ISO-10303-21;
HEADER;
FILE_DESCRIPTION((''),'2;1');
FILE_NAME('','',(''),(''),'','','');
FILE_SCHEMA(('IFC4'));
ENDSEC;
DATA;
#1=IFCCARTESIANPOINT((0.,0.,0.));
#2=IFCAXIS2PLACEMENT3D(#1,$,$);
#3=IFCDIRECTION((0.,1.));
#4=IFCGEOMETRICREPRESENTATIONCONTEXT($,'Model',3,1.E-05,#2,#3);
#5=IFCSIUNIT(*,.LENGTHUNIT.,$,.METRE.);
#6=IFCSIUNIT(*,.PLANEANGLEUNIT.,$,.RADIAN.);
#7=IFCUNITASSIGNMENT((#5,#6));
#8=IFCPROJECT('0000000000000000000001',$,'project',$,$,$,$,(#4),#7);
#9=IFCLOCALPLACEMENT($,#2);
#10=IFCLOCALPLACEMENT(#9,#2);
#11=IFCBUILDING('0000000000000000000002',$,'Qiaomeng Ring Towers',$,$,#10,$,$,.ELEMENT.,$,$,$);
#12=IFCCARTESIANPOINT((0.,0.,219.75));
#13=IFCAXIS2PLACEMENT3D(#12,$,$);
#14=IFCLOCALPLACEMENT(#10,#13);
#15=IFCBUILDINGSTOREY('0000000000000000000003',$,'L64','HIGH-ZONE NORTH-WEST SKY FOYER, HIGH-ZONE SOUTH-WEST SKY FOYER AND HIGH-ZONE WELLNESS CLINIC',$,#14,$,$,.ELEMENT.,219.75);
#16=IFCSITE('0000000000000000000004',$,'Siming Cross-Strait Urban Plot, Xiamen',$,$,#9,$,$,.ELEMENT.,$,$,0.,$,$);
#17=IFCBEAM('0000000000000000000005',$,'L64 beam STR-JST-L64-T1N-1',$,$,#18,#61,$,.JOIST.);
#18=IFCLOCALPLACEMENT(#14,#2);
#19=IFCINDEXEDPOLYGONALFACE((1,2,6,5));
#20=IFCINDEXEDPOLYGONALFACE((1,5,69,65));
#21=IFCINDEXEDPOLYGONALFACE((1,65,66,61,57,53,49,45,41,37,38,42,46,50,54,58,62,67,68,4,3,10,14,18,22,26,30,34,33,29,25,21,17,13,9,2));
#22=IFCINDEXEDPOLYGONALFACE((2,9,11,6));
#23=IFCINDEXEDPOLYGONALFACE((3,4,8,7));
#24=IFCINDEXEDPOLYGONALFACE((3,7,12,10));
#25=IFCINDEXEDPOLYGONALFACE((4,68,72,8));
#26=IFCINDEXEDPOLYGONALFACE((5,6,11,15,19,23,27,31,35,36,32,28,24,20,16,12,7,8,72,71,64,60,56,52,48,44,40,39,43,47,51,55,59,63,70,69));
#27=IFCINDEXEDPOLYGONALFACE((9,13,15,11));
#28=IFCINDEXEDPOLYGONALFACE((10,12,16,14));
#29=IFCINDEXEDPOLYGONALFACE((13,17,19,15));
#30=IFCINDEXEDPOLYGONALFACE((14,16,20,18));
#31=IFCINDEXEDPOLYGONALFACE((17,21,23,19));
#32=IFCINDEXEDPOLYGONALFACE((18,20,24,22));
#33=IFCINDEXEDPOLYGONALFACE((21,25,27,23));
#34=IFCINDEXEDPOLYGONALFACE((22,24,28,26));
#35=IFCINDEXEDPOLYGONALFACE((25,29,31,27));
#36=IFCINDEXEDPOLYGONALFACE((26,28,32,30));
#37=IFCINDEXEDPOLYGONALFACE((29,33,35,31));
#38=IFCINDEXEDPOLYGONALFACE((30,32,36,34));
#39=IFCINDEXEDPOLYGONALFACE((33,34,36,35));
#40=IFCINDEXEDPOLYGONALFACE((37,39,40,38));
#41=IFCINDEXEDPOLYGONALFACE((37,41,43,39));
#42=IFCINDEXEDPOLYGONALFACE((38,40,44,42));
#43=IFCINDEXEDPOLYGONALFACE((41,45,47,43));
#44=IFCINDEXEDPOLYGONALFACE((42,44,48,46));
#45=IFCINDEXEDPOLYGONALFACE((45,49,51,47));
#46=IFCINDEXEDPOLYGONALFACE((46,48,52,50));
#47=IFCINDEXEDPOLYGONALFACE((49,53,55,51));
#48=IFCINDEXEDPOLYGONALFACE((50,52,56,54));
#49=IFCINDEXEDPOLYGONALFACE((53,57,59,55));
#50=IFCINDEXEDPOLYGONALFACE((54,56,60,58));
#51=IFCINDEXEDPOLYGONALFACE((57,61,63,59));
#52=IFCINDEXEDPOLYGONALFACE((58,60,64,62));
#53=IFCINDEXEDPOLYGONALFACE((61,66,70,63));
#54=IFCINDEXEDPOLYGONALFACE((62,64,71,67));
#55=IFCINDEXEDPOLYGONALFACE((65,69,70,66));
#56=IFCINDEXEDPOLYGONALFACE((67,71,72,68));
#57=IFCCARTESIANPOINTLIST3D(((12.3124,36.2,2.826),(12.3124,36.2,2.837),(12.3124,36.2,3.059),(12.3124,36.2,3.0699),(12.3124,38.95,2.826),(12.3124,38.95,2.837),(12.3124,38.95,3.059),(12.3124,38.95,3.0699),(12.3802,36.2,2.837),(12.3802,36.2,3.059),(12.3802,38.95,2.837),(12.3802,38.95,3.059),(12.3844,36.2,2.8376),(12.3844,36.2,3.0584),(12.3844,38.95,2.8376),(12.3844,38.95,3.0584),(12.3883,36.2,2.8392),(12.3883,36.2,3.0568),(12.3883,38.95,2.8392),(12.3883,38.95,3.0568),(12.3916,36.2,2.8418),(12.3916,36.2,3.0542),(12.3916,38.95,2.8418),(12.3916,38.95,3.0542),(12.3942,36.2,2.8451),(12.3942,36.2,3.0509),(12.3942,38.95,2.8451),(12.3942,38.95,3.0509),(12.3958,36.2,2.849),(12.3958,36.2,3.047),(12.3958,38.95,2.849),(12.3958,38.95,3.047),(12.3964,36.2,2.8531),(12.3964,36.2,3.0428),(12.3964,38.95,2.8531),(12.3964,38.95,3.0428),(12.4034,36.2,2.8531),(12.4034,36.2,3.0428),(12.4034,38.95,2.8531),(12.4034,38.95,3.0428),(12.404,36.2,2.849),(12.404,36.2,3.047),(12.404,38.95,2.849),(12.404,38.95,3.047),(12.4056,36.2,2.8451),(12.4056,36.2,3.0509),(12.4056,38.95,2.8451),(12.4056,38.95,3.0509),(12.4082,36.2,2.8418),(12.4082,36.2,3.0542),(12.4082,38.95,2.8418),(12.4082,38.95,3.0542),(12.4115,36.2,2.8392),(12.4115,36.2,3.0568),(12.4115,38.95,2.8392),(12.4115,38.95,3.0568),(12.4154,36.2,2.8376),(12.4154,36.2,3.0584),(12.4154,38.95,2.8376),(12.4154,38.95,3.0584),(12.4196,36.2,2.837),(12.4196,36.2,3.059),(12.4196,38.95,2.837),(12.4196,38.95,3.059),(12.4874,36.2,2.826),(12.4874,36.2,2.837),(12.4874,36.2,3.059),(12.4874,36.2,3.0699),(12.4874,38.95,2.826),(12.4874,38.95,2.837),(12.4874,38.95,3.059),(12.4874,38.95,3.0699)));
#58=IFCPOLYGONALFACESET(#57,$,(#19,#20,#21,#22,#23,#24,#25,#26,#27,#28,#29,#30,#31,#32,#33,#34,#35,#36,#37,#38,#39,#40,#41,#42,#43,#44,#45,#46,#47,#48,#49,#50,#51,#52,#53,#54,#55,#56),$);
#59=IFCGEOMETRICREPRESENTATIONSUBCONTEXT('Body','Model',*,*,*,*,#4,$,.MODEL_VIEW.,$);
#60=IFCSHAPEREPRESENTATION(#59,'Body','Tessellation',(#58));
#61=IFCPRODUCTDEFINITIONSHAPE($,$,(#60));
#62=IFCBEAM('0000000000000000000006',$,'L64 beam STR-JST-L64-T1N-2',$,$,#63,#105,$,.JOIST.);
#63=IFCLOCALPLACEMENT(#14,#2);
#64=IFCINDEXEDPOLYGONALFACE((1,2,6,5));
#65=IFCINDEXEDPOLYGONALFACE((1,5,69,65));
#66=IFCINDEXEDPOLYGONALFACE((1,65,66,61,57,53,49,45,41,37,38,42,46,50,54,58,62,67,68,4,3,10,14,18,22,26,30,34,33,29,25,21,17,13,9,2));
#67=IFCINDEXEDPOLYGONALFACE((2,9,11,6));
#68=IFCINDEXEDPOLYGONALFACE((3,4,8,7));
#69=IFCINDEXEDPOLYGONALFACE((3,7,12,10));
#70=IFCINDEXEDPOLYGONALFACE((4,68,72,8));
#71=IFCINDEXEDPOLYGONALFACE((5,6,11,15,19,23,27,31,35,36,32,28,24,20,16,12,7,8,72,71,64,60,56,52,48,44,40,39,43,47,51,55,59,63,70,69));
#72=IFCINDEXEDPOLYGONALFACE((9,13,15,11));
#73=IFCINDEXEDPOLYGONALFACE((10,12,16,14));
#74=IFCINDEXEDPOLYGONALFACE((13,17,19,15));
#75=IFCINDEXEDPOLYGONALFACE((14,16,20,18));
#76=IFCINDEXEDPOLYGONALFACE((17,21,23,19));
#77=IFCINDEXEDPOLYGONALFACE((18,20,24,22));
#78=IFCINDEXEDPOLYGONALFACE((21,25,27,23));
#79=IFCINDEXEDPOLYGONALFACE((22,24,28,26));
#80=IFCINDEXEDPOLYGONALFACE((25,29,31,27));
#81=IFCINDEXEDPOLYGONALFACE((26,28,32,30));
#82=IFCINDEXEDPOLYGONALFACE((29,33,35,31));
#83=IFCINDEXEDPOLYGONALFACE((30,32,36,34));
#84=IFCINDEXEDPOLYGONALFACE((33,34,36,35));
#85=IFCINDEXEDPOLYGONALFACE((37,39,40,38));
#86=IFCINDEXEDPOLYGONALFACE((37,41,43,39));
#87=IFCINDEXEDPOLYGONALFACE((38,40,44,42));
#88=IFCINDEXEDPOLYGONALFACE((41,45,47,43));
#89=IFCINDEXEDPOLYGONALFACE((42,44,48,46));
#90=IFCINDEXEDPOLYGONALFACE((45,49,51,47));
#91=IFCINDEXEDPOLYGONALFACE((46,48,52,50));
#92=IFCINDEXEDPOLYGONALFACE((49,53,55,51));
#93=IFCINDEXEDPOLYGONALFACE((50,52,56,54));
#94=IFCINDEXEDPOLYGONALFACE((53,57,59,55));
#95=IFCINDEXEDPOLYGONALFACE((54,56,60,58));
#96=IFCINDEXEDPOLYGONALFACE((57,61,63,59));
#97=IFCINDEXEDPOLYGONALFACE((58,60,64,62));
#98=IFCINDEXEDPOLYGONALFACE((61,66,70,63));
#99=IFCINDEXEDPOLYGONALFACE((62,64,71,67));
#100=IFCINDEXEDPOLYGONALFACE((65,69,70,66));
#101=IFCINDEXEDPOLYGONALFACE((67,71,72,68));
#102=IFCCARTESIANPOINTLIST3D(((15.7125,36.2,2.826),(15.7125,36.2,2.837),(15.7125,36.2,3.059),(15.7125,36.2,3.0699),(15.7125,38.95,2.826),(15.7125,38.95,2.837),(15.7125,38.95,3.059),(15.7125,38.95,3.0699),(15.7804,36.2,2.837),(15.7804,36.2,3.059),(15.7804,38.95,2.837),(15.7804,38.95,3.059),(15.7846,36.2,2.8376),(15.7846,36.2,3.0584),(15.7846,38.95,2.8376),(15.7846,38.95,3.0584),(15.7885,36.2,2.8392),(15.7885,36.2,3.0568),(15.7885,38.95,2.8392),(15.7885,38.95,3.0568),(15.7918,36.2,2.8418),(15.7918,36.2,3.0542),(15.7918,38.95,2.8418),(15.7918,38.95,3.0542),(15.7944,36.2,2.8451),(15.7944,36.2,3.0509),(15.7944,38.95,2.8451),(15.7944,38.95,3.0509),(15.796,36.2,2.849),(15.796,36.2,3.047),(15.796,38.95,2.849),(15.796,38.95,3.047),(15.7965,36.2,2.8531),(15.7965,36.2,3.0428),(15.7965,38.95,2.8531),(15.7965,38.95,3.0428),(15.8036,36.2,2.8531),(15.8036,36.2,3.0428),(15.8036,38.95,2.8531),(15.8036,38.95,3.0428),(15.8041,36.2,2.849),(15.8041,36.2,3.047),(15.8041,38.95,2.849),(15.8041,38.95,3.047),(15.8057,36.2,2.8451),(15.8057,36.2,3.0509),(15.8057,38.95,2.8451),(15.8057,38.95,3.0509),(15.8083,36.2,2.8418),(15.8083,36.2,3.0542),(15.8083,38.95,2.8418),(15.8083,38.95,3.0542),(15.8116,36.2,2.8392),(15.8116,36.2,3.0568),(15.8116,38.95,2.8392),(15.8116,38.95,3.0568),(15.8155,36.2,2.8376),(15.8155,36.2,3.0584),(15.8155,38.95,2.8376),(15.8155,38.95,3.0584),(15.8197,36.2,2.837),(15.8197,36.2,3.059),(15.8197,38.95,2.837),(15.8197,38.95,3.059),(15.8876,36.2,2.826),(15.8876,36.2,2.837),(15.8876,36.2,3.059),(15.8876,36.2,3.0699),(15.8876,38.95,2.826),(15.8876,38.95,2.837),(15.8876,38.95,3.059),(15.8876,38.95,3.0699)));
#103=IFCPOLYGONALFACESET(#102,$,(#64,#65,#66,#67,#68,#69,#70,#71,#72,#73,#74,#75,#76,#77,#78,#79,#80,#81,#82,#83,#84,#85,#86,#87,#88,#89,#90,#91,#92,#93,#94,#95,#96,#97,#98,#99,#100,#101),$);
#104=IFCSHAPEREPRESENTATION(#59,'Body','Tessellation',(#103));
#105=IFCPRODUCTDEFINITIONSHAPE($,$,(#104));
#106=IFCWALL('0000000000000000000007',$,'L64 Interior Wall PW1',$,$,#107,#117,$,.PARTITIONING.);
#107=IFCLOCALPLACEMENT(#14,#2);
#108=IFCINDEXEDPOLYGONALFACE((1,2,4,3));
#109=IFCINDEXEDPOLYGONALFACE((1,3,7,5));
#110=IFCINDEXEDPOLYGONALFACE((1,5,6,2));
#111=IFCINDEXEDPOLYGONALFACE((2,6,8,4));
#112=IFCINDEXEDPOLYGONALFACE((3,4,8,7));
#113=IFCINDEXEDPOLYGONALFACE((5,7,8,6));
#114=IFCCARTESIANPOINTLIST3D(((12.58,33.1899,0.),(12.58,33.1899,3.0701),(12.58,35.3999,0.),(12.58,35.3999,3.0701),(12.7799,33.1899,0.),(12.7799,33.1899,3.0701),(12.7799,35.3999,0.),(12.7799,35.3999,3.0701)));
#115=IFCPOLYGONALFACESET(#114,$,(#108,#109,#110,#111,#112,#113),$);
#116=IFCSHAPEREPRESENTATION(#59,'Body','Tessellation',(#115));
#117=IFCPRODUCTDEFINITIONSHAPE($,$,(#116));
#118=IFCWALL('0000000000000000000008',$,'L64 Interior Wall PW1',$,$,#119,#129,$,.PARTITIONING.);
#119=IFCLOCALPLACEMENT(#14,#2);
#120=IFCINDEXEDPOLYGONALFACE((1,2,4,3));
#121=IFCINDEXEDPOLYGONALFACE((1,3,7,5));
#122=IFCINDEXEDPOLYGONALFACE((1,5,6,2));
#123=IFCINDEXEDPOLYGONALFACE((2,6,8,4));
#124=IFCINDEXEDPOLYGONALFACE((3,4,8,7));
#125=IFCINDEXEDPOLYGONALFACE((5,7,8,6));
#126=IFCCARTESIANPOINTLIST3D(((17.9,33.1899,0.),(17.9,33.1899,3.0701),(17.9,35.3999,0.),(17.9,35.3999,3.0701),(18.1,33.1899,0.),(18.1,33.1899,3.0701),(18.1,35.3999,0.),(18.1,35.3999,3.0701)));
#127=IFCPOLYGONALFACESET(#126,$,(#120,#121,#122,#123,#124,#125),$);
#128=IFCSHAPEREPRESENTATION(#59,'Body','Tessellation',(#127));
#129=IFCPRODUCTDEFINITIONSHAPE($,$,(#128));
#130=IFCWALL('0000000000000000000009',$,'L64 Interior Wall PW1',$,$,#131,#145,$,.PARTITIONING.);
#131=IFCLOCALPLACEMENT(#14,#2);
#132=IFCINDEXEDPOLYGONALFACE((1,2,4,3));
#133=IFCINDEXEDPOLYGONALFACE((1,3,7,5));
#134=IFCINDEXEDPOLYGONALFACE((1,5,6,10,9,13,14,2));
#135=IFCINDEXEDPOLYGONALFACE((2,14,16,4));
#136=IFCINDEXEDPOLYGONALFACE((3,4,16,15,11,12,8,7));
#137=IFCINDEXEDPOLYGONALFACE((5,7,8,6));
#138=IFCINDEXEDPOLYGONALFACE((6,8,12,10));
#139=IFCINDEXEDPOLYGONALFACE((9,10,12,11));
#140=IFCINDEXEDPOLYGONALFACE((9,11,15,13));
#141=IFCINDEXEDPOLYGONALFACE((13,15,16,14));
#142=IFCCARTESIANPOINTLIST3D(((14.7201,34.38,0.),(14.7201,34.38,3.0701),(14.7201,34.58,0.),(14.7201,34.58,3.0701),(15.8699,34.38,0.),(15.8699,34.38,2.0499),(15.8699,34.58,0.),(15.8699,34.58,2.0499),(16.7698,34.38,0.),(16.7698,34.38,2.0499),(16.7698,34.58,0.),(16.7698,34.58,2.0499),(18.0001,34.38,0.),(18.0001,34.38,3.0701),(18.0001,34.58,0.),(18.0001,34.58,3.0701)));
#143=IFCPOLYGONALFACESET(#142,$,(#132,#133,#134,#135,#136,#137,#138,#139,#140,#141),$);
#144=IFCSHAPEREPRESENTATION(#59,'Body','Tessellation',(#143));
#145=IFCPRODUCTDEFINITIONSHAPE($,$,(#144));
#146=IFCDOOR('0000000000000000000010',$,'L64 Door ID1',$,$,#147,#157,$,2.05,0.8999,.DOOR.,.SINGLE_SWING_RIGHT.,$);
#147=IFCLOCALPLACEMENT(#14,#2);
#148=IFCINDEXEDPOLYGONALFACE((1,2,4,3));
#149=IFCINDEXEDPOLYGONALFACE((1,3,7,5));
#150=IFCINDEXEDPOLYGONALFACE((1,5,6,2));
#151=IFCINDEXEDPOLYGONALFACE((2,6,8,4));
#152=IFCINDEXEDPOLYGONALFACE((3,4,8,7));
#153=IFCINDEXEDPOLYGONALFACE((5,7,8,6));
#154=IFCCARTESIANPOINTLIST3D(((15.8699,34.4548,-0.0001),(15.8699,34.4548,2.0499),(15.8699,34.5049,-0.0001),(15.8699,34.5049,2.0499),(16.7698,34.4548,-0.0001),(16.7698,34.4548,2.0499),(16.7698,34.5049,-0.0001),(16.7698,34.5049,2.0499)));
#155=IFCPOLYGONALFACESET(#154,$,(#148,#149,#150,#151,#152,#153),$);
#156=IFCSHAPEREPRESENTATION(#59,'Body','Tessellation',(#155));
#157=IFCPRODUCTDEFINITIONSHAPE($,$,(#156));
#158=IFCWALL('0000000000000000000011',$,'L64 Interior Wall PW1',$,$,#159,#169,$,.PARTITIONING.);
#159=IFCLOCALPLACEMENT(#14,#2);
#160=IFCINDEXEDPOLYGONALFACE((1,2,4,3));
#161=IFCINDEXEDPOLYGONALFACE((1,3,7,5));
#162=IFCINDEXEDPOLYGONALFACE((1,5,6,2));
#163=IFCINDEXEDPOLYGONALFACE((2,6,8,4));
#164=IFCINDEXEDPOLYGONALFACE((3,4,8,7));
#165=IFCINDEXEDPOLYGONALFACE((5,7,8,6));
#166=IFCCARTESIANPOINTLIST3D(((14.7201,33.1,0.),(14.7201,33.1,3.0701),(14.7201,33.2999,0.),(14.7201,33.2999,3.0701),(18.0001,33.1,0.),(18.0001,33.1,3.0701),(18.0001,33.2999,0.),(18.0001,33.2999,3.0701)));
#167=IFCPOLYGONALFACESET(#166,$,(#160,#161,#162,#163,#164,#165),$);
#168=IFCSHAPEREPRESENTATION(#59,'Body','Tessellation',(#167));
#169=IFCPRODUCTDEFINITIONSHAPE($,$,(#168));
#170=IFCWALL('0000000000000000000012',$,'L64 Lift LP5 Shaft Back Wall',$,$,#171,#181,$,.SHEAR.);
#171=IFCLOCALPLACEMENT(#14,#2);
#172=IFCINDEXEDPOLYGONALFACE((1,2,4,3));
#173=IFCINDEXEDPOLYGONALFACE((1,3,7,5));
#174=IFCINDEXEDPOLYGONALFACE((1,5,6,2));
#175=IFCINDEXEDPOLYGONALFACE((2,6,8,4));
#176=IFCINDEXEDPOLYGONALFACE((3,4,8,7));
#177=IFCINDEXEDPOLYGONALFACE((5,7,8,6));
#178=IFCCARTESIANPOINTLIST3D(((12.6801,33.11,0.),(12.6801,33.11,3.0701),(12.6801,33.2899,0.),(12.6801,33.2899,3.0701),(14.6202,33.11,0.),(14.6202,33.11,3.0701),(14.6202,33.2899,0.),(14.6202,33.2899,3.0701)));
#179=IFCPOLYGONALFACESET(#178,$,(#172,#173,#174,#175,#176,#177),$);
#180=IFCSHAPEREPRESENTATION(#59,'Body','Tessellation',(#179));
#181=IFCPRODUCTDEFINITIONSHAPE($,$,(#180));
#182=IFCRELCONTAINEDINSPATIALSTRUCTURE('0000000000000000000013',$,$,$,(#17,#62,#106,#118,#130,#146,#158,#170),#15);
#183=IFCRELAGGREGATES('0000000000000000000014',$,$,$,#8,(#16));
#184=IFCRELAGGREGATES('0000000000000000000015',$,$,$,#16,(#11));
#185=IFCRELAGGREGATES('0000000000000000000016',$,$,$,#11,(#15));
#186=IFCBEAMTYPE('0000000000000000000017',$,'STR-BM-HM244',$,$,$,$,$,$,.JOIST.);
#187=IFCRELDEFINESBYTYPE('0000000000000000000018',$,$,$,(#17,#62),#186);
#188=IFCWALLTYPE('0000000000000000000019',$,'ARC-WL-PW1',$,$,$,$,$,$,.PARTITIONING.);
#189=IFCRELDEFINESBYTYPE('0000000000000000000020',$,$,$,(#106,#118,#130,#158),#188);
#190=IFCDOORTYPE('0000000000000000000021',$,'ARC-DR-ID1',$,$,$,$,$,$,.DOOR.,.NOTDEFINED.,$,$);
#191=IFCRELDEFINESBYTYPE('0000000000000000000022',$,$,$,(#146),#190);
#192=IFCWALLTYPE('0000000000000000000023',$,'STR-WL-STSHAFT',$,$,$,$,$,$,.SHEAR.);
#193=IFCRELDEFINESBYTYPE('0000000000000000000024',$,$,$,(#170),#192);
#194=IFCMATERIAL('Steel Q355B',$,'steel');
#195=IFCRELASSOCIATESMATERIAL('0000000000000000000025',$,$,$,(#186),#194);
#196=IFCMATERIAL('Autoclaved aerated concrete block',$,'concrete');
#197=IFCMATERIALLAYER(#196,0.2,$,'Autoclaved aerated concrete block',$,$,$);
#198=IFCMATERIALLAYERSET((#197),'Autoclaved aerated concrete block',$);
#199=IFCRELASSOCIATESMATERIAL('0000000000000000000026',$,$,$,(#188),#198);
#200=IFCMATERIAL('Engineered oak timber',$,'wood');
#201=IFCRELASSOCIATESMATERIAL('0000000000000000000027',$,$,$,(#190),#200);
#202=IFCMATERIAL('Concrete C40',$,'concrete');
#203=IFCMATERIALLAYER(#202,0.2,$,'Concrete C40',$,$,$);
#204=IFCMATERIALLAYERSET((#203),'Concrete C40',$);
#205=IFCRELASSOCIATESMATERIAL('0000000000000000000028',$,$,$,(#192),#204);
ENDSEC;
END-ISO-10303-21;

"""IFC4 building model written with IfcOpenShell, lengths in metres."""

from ifc_helpers import new_model, si_unit, direction, frame, frame_2d, origin, origin_2d, place, context, subcontext, project, spatial, rectangle, i_section, extrude, source, transform, mapped, material, layer, layer_set, material_profile, profile_set, type_object, element, fill, save


model = new_model("IFC4")

# Units and contexts
model_context = context("Model", 3, precision=1e-05, world=origin(), true_north=direction((0.0, 1.0)))
body_context = subcontext(model_context, "Body", "Model", "MODEL_VIEW")
ifc_project = project(units=[si_unit("LENGTHUNIT", "METRE"), si_unit("PLANEANGLEUNIT", "RADIAN")], contexts=[model_context])

# Site, building, storey
site_placement = place(None, origin())
site = spatial("IfcSite", under=ifc_project, at=site_placement, Name="Siming Cross-Strait Urban Plot, Xiamen", CompositionType="ELEMENT", RefElevation=0.0)
building_placement = place(site_placement, origin())
building = spatial("IfcBuilding", under=site, at=building_placement, Name="Qiaomeng Ring Towers", CompositionType="ELEMENT")
storey_placement = place(building_placement, frame((0.0, 0.0, 219.75)))
storey = spatial("IfcBuildingStorey", under=building, at=storey_placement, Name="L64", Description="HIGH-ZONE NORTH-WEST SKY FOYER, HIGH-ZONE SOUTH-WEST SKY FOYER AND HIGH-ZONE WELLNESS CLINIC", CompositionType="ELEMENT", Elevation=219.75)

# Beams
ifc_material_1 = material(Name="Steel Q355B", Category="steel")
ifc_material_profile = material_profile(ifc_material_1, i_section(OverallWidth=0.175, OverallDepth=0.2439, WebThickness=0.0071, FlangeThickness=0.011, FilletRadius=0.0161, at=origin_2d()), Name="HM 244x175x7x11")
ifc_profile_set = profile_set([ifc_material_profile], Name="Steel Q355B")
beam_type = type_object("IfcBeamType", Name="STR-BM-HM244", PredefinedType="JOIST", material=ifc_profile_set)
shared_shape_1 = source(origin(), body_context, "Body", "SweptSolid", [
    extrude(i_section(OverallWidth=0.175, OverallDepth=0.2439, WebThickness=0.0071, FlangeThickness=0.011, FilletRadius=0.0161, at=origin_2d()), origin(), (0.0, 0.0, 1.0), 2.75),
])
for number, where, z_axis, x_axis, name in (
    (1, (12.3999, 36.2, 2.948), (0.0, 1.0, 0.0), (-1.0, 0.0, 0.0), "L64 beam STR-JST-L64-T1N-1"),
    (2, (15.8, 36.2, 2.948), (0.0, 1.0, 0.0), (-1.0, 0.0, 0.0), "L64 beam STR-JST-L64-T1N-2"),
):
    element("IfcBeam", number, at=place(storey_placement, frame(where, z_axis=z_axis, x_axis=x_axis)), inside=storey, type_object=beam_type, Name=name, PredefinedType="JOIST", context=body_context, shape_type="MappedRepresentation", body=[
        mapped(shared_shape_1, transform((0.0, 0.0, 0.0), x_axis=(1.0, 0.0, 0.0), y_axis=(0.0, 1.0, 0.0), z_axis=(0.0, 0.0, 1.0), scale=1.0)),
    ])

# Walls
ifc_material_2 = material(Name="Autoclaved aerated concrete block", Category="concrete")
ifc_layer_1 = layer(ifc_material_2, 0.2, Name="Autoclaved aerated concrete block")
ifc_layer_set_1 = layer_set([ifc_layer_1], Name="Autoclaved aerated concrete block")
wall_type_1 = type_object("IfcWallType", Name="ARC-WL-PW1", PredefinedType="PARTITIONING", material=ifc_layer_set_1)
for number, where, z_axis, x_axis, name in (
    (3, (12.6799, 33.1899, 0.0), (0.0, 0.0, 1.0), (0.0, 1.0, 0.0), "L64 Interior Wall PW1"),
    (4, (18.0, 33.1899, 0.0), (0.0, 0.0, 1.0), (0.0, 1.0, 0.0), "L64 Interior Wall PW1"),
):
    element("IfcWall", number, at=place(storey_placement, frame(where, z_axis=z_axis, x_axis=x_axis)), inside=storey, type_object=wall_type_1, Name=name, PredefinedType="PARTITIONING", context=body_context, shape_type="SweptSolid", body=[
        extrude(rectangle(XDim=2.21, YDim=0.2, at=frame_2d((1.105, 0.0))), origin(), (0.0, 0.0, 1.0), 3.0701),
    ])

# Wall, opening, door
wall_1_placement = place(storey_placement, frame((14.72, 34.48, 0.0), z_axis=(0.0, 0.0, 1.0), x_axis=(1.0, 0.0, 0.0)))
wall_1 = element("IfcWall", 5, at=wall_1_placement, inside=storey, type_object=wall_type_1, Name="L64 Interior Wall PW1", PredefinedType="PARTITIONING", context=body_context, shape_type="SweptSolid", body=[
    extrude(rectangle(XDim=3.28, YDim=0.2, at=frame_2d((1.6401, 0.0))), origin(), (0.0, 0.0, 1.0), 3.0701),
])
opening_1_placement = place(wall_1_placement, frame((1.1499, 0.0, 0.0)))
opening_1 = element("IfcOpeningElement", 6, at=opening_1_placement, cuts=wall_1, PredefinedType="OPENING", context=body_context, shape_type="SweptSolid", body=[
    extrude(rectangle(XDim=0.8999, YDim=2.05, at=frame_2d((0.45, 1.0249))), frame((0.0, 0.1099, 0.0), z_axis=(0.0, -1.0, 0.0), x_axis=(1.0, 0.0, 0.0)), (0.0, 0.0, 1.0), 0.22),
])
ifc_material_3 = material(Name="Engineered oak timber", Category="wood")
door_type_1 = type_object("IfcDoorType", Name="ARC-DR-ID1", OperationType="NOTDEFINED", PredefinedType="DOOR", material=ifc_material_3)
shared_shape_2 = source(origin(), body_context, "Body", "SweptSolid", [
    extrude(rectangle(XDim=0.8999, YDim=2.05, at=frame_2d((0.45, 1.0249))), frame((0.0, 0.0249, 0.0), z_axis=(0.0, -1.0, 0.0), x_axis=(1.0, 0.0, 0.0)), (0.0, 0.0, 1.0), 0.05),
])
door_1_placement = place(opening_1_placement, origin())
door_1 = element("IfcDoor", 7, at=door_1_placement, inside=storey, type_object=door_type_1, Name="L64 Door ID1", OperationType="SINGLE_SWING_RIGHT", OverallHeight=2.05, OverallWidth=0.8999, PredefinedType="DOOR", context=body_context, shape_type="MappedRepresentation", body=[
    mapped(shared_shape_2, transform((0.0, 0.0, 0.0), x_axis=(1.0, 0.0, 0.0), y_axis=(0.0, 1.0, 0.0), z_axis=(0.0, 0.0, 1.0), scale=1.0)),
])
fill(opening_1, door_1)

# Walls
wall_2_placement = place(storey_placement, frame((14.72, 33.2, 0.0), z_axis=(0.0, 0.0, 1.0), x_axis=(1.0, 0.0, 0.0)))
element("IfcWall", 8, at=wall_2_placement, inside=storey, type_object=wall_type_1, Name="L64 Interior Wall PW1", PredefinedType="PARTITIONING", context=body_context, shape_type="SweptSolid", body=[
    extrude(rectangle(XDim=3.28, YDim=0.2, at=frame_2d((1.6401, 0.0))), origin(), (0.0, 0.0, 1.0), 3.0701),
])
ifc_material_4 = material(Name="Concrete C40", Category="concrete")
ifc_layer_2 = layer(ifc_material_4, 0.2, Name="Concrete C40")
ifc_layer_set_2 = layer_set([ifc_layer_2], Name="Concrete C40")
wall_type_2 = type_object("IfcWallType", Name="STR-WL-STSHAFT", PredefinedType="SHEAR", material=ifc_layer_set_2)
wall_3_placement = place(storey_placement, frame((12.6799, 33.2, 0.0), z_axis=(0.0, 0.0, 1.0), x_axis=(1.0, 0.0, 0.0)))
element("IfcWall", 9, at=wall_3_placement, inside=storey, type_object=wall_type_2, Name="L64 Lift LP5 Shaft Back Wall", PredefinedType="SHEAR", context=body_context, shape_type="SweptSolid", body=[
    extrude(rectangle(XDim=1.9402, YDim=0.1799, at=frame_2d((0.9702, 0.0))), origin(), (0.0, 0.0, 1.0), 3.0701),
])

save(model, "model.ifc")
